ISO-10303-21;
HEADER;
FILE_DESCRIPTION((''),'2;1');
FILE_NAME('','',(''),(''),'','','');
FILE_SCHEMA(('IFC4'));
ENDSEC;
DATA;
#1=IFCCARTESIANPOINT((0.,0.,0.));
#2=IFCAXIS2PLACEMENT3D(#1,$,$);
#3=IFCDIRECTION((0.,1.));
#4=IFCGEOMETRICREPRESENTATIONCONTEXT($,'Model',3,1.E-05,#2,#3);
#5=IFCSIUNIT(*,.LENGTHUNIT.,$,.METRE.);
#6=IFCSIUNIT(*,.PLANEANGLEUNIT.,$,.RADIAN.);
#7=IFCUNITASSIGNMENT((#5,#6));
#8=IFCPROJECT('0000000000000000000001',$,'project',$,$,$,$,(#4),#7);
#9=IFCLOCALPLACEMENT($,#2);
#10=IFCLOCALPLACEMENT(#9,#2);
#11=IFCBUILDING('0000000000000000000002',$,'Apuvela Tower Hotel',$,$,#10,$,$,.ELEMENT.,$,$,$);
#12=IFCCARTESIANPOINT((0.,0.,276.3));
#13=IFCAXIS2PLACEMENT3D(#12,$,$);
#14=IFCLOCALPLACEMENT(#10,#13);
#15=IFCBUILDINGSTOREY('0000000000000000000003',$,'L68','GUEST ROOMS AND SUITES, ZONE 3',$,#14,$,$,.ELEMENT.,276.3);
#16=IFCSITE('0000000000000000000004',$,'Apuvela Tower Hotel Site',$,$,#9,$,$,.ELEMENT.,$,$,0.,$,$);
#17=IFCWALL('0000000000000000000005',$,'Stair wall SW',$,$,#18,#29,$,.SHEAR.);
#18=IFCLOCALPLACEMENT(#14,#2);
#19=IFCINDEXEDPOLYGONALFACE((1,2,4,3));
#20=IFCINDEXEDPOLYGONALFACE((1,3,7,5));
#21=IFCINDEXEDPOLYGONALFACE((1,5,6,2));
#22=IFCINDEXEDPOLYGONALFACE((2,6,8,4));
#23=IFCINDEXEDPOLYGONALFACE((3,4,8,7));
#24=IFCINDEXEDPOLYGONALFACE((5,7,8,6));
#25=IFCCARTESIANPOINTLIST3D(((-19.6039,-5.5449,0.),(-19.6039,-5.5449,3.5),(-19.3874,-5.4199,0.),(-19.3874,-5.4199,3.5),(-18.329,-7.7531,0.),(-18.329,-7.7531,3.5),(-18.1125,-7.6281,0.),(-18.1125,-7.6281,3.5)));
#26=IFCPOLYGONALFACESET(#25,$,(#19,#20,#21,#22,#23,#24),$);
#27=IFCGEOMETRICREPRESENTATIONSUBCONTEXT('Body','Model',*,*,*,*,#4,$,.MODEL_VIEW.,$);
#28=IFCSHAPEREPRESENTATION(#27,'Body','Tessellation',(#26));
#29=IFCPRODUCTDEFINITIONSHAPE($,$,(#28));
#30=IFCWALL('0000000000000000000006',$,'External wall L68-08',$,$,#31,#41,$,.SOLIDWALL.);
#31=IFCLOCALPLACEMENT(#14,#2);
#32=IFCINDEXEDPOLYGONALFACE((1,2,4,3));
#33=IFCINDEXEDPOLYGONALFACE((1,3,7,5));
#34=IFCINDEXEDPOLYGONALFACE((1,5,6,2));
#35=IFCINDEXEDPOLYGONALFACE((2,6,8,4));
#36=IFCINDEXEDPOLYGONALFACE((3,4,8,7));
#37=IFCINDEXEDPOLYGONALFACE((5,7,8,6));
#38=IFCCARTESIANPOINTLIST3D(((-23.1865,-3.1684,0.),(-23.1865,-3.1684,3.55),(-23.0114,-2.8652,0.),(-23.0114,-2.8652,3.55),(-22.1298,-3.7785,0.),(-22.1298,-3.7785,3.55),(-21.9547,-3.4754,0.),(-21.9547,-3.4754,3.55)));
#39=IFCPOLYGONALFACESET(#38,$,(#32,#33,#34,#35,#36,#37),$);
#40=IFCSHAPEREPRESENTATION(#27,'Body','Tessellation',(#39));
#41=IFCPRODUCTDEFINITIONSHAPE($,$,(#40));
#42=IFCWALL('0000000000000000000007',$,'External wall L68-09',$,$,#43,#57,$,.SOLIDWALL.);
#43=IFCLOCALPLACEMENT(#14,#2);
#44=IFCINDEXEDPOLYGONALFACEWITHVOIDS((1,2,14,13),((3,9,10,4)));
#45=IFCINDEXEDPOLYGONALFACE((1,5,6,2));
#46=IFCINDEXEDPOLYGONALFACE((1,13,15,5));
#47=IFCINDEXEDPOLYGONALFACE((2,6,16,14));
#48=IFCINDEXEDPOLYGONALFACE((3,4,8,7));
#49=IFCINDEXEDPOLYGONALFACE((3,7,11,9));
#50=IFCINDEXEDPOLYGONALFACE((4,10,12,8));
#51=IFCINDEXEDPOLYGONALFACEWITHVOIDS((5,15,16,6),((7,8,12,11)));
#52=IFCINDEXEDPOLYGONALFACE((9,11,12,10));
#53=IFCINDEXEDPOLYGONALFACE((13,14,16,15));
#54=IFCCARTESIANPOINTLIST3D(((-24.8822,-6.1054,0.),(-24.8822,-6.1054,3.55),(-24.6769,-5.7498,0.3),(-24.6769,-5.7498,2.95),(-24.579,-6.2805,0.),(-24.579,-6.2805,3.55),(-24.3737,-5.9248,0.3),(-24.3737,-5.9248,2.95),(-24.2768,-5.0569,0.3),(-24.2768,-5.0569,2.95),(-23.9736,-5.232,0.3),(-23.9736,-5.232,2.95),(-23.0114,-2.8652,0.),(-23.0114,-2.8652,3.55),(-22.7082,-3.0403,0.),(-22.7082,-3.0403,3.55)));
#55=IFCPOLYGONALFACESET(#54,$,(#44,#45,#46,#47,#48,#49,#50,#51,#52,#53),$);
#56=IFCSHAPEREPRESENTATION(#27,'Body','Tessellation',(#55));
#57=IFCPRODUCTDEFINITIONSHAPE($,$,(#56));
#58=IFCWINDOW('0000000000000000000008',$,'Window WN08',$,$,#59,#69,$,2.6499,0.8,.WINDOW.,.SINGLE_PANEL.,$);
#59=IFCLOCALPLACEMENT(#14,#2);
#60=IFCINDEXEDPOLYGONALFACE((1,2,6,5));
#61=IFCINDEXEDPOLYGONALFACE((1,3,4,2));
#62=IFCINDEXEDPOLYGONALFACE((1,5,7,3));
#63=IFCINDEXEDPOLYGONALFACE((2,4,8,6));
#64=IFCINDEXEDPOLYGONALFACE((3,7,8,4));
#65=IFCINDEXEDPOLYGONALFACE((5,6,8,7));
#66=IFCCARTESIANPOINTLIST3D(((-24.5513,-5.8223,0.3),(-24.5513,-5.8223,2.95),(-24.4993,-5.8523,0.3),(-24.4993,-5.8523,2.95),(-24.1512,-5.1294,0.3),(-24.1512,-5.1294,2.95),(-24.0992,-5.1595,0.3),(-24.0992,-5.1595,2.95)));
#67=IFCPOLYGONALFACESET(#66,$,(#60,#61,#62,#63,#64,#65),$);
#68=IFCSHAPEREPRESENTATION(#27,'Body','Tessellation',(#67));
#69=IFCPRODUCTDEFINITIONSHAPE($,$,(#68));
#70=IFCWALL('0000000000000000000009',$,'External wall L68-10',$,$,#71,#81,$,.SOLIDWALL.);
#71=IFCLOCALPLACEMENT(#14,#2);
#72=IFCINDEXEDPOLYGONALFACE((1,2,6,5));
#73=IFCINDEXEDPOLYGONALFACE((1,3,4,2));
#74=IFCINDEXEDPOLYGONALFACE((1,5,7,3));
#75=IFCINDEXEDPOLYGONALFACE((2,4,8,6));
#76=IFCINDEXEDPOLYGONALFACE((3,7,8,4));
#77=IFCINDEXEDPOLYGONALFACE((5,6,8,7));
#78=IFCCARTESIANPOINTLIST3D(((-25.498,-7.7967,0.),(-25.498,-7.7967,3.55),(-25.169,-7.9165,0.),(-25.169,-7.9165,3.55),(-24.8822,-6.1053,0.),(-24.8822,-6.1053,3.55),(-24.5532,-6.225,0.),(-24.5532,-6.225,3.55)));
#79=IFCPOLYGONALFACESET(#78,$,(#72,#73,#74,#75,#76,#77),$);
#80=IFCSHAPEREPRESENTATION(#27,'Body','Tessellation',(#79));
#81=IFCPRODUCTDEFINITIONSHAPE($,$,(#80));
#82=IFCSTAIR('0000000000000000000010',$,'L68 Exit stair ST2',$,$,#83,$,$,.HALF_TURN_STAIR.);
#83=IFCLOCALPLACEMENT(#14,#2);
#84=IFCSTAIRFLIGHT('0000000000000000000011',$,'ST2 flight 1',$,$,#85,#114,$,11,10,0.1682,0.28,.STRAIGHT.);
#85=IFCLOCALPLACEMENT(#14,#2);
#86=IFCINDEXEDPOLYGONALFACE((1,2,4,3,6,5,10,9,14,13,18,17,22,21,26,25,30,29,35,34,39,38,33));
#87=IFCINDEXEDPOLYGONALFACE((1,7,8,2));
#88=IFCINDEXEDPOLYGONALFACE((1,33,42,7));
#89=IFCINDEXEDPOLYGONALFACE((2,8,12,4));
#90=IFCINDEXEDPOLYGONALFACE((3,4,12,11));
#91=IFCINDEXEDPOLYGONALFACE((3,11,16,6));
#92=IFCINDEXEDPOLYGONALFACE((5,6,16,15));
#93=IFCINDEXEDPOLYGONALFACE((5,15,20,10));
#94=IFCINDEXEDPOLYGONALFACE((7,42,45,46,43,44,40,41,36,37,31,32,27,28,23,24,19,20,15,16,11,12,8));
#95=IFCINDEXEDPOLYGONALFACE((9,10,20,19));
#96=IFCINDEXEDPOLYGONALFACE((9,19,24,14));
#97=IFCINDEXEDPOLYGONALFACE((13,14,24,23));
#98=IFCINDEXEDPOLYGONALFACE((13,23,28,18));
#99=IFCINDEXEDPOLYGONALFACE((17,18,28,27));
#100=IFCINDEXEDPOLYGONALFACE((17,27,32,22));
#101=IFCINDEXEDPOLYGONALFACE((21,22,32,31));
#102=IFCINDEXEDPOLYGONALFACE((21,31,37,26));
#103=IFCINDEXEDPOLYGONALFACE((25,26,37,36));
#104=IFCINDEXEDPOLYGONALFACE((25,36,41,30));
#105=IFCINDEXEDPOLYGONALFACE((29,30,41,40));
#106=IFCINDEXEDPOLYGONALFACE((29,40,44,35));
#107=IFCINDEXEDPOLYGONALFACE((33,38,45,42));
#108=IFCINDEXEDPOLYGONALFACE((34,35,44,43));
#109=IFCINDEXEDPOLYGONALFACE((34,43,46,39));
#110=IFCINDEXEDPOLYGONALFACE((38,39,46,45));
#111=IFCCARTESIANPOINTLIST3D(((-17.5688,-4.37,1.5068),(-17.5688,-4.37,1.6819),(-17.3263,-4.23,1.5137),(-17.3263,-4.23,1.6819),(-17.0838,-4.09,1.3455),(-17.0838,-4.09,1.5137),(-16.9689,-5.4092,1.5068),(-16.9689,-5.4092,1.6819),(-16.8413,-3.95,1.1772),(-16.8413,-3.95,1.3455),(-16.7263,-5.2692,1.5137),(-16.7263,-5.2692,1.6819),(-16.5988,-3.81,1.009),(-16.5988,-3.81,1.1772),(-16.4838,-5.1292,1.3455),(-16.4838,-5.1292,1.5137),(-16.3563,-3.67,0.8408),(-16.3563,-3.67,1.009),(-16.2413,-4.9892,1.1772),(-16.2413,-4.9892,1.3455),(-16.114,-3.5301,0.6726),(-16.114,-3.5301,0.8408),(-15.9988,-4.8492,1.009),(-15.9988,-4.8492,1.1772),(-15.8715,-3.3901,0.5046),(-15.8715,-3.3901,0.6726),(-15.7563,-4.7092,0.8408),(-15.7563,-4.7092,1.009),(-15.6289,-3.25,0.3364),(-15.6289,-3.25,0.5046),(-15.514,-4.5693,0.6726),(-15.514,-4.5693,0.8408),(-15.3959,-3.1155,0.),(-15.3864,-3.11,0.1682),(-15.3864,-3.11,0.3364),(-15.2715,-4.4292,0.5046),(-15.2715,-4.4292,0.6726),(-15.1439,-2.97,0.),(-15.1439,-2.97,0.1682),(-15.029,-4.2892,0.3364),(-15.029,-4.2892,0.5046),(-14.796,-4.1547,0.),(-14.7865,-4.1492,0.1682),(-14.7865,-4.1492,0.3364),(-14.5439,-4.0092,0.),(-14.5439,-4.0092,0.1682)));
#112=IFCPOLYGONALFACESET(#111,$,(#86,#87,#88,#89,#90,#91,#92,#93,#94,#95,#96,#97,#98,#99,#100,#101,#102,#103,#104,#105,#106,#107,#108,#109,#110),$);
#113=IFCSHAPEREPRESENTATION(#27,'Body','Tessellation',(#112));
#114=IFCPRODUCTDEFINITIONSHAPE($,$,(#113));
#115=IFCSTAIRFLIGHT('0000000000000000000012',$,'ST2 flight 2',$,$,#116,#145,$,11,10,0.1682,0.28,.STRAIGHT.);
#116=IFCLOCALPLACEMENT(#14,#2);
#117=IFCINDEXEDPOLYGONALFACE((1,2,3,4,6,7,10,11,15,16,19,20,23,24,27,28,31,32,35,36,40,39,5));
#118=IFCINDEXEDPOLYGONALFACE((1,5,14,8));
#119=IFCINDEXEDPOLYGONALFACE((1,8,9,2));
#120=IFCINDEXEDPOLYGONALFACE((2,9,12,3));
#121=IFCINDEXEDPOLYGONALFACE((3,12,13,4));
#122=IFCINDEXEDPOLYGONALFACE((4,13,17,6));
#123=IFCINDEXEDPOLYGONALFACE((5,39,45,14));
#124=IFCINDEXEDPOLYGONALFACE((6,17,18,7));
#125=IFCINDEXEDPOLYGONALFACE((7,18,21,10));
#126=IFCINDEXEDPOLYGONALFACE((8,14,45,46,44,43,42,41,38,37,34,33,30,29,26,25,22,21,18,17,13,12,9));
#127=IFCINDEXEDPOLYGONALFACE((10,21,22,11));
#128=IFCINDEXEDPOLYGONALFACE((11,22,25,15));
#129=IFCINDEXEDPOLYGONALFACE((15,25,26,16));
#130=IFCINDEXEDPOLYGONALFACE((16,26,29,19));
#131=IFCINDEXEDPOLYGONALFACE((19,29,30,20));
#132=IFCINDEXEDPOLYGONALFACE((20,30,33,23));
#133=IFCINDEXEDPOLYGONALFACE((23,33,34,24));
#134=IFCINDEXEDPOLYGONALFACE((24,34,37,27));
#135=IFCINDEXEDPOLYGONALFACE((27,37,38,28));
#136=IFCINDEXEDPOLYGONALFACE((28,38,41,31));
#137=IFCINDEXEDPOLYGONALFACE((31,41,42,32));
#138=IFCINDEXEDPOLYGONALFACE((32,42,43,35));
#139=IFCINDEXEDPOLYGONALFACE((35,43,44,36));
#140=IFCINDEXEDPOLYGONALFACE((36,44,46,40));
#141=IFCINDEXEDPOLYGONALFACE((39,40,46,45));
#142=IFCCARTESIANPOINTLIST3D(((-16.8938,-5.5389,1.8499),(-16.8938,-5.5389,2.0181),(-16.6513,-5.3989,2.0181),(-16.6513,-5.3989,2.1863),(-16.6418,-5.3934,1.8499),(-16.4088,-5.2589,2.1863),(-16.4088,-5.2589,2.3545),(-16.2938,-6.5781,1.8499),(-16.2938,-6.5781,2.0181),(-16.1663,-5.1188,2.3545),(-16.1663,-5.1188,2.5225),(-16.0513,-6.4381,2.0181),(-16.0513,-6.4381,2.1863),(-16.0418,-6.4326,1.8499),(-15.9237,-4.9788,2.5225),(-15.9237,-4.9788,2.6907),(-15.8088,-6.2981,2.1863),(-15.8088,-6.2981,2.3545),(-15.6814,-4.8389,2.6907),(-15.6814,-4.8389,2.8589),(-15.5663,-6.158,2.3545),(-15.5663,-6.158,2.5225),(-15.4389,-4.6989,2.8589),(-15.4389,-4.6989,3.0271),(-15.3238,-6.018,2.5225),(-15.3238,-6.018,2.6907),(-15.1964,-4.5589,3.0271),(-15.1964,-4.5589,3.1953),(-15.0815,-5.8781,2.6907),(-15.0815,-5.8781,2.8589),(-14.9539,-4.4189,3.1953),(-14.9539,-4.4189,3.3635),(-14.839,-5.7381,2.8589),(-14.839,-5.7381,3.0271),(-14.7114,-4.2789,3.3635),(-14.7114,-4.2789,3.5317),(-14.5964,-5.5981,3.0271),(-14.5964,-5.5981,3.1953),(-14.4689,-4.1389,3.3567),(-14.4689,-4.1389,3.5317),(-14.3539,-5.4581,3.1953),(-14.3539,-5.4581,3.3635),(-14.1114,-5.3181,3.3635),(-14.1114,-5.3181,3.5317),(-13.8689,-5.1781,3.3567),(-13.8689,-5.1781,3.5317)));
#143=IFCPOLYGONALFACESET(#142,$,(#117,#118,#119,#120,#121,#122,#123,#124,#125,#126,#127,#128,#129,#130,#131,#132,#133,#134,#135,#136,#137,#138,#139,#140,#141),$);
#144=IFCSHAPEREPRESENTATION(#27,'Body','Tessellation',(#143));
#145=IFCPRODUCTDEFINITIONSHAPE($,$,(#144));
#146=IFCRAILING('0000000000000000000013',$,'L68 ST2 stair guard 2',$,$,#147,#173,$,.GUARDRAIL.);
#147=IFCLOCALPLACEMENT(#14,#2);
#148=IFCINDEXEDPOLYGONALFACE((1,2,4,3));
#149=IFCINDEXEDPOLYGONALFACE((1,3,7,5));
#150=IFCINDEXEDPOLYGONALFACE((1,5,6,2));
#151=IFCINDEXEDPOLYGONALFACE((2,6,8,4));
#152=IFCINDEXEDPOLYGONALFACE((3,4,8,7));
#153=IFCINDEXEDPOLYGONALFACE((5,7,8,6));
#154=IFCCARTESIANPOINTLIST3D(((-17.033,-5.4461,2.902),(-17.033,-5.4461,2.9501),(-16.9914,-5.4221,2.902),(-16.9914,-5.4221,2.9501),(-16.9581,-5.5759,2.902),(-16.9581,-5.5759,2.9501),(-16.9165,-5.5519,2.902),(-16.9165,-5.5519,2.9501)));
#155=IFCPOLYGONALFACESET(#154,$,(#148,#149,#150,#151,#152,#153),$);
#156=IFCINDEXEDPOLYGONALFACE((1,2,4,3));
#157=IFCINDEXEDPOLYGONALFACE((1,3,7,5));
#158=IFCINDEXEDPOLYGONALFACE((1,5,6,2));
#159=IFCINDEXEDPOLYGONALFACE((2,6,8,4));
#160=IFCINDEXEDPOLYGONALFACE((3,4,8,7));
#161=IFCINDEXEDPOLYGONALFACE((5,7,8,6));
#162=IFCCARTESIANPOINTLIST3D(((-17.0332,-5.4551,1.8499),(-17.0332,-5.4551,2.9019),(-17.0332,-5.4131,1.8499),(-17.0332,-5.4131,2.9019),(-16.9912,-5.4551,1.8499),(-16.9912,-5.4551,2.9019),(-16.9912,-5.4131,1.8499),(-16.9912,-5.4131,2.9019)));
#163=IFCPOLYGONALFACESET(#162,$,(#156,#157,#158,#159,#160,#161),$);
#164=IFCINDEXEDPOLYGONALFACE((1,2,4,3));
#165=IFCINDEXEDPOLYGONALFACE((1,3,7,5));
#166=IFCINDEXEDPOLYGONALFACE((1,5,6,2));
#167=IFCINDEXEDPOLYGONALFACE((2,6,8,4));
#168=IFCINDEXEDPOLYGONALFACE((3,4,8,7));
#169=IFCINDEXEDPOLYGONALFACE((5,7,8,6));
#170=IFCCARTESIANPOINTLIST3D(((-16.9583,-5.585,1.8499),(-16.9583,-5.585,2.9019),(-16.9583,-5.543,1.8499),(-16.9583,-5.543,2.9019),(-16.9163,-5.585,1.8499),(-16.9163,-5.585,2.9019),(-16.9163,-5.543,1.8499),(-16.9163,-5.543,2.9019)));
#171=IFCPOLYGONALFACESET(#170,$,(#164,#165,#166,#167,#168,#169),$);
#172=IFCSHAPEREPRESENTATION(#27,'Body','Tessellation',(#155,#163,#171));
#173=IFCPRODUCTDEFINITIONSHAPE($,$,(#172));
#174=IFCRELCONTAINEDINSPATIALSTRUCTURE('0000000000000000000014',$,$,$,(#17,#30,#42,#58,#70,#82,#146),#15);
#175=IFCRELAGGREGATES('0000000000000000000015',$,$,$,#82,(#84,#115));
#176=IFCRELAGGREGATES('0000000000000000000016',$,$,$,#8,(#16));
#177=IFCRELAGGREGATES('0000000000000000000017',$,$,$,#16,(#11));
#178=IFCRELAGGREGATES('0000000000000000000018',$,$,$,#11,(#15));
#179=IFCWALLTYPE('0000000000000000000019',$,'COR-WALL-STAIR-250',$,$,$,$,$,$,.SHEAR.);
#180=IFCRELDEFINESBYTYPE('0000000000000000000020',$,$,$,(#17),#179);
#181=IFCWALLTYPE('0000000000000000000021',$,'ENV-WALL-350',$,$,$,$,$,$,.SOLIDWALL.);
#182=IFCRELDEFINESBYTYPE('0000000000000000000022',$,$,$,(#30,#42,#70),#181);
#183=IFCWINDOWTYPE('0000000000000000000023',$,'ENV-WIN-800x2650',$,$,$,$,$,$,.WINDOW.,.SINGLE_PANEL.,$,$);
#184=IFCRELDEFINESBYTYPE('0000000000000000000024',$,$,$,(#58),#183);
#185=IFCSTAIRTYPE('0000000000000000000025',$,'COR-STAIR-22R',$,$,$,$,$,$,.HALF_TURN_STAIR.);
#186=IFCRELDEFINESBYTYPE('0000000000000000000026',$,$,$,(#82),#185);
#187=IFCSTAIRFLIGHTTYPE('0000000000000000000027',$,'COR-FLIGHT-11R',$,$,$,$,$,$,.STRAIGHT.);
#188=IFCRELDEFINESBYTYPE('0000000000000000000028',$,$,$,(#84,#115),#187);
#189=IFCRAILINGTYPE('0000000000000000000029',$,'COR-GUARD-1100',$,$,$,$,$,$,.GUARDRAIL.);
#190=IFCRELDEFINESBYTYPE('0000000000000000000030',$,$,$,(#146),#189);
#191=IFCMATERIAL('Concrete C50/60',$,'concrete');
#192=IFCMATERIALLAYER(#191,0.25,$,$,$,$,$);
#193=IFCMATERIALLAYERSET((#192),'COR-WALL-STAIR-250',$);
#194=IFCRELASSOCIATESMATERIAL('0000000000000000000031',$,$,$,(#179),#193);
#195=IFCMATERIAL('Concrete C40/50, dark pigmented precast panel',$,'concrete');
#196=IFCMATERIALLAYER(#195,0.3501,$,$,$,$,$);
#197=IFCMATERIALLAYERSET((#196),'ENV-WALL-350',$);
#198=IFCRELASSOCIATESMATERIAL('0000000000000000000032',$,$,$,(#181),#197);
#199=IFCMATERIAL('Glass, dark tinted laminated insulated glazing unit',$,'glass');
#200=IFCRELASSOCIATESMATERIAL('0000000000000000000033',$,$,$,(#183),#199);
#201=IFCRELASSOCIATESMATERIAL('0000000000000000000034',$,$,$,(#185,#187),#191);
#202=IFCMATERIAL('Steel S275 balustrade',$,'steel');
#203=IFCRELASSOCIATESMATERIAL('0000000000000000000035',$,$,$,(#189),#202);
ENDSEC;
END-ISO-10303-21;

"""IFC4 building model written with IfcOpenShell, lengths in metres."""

from ifc_helpers import new_model, si_unit, direction, frame, frame_2d, origin, origin_2d, place, context, subcontext, project, spatial, polyline, rectangle, outline, extrude, material, layer, layer_set, type_object, element, fill, aggregate, save


model = new_model("IFC4")

# Units and contexts
model_context = context("Model", 3, precision=1e-05, world=origin(), true_north=direction((0.0, 1.0)))
body_context = subcontext(model_context, "Body", "Model", "MODEL_VIEW")
ifc_project = project(units=[si_unit("LENGTHUNIT", "METRE"), si_unit("PLANEANGLEUNIT", "RADIAN")], contexts=[model_context])

# Site, building, storey
site_placement = place(None, origin())
site = spatial("IfcSite", under=ifc_project, at=site_placement, Name="Apuvela Tower Hotel Site", CompositionType="ELEMENT", RefElevation=0.0)
building_placement = place(site_placement, origin())
building = spatial("IfcBuilding", under=site, at=building_placement, Name="Apuvela Tower Hotel", CompositionType="ELEMENT")
storey_placement = place(building_placement, frame((0.0, 0.0, 276.3)))
storey = spatial("IfcBuildingStorey", under=building, at=storey_placement, Name="L68", Description="GUEST ROOMS AND SUITES, ZONE 3", CompositionType="ELEMENT", Elevation=276.3)

# Walls
ifc_material_1 = material(Name="Concrete C50/60", Category="concrete")
ifc_layer_1 = layer(ifc_material_1, 0.25)
ifc_layer_set_1 = layer_set([ifc_layer_1], Name="COR-WALL-STAIR-250")
wall_type_1 = type_object("IfcWallType", Name="COR-WALL-STAIR-250", PredefinedType="SHEAR", material=ifc_layer_set_1)
wall_1_placement = place(storey_placement, frame((-19.4956, -5.4824, 0.0), z_axis=(0.0, 0.0, 1.0), x_axis=(0.49999, -0.866031, 0.0)))
element("IfcWall", 1, at=wall_1_placement, inside=storey, type_object=wall_type_1, Name="Stair wall SW", PredefinedType="SHEAR", context=body_context, shape_type="SweptSolid", body=[
    extrude(rectangle(XDim=2.5498, YDim=0.25, at=frame_2d((1.2749, 0.0))), origin(), (0.0, 0.0, 1.0), 3.5),
])
ifc_material_2 = material(Name="Concrete C40/50, dark pigmented precast panel", Category="concrete")
ifc_layer_2 = layer(ifc_material_2, 0.3501)
ifc_layer_set_2 = layer_set([ifc_layer_2], Name="ENV-WALL-350")
wall_type_2 = type_object("IfcWallType", Name="ENV-WALL-350", PredefinedType="SOLIDWALL", material=ifc_layer_set_2)
wall_2_placement = place(storey_placement, frame((-22.0422, -3.627, 0.0), z_axis=(0.0, 0.0, 1.0), x_axis=(-0.866006, 0.500034, 0.0)))
element("IfcWall", 2, at=wall_2_placement, inside=storey, type_object=wall_type_2, Name="External wall L68-08", PredefinedType="SOLIDWALL", context=body_context, shape_type="SweptSolid", body=[
    extrude(rectangle(XDim=1.2202, YDim=0.3501, at=frame_2d((0.6101, 0.0))), origin(), (0.0, 0.0, 1.0), 3.55),
])

# Wall, opening, window
wall_3_placement = place(storey_placement, frame((-22.8599, -2.9529, 0.0), z_axis=(0.0, 0.0, 1.0), x_axis=(-0.50002, -0.866014, 0.0)))
wall_3 = element("IfcWall", 3, at=wall_3_placement, inside=storey, type_object=wall_type_2, Name="External wall L68-09", PredefinedType="SOLIDWALL", context=body_context, shape_type="SweptSolid", body=[
    extrude(rectangle(XDim=3.7415, YDim=0.3501, at=frame_2d((1.8706, 0.0))), origin(), (0.0, 0.0, 1.0), 3.55),
])
opening_1_placement = place(wall_3_placement, frame((2.5308, 0.0, 0.3)))
opening_1 = element("IfcOpeningElement", 4, at=opening_1_placement, cuts=wall_3, PredefinedType="OPENING", context=body_context, shape_type="SweptSolid", body=[
    extrude(rectangle(XDim=0.8, YDim=2.6499, at=frame_2d((0.3999, 1.325))), frame((0.0, 0.1851, 0.0), z_axis=(0.0, -1.0, 0.0), x_axis=(1.0, 0.0, 0.0)), (0.0, 0.0, 1.0), 0.3701),
])
ifc_material_3 = material(Name="Glass, dark tinted laminated insulated glazing unit", Category="glass")
window_type = type_object("IfcWindowType", Name="ENV-WIN-800x2650", PartitioningType="SINGLE_PANEL", PredefinedType="WINDOW", material=ifc_material_3)
window_placement = place(opening_1_placement, origin())
window = element("IfcWindow", 5, at=window_placement, inside=storey, type_object=window_type, Name="Window WN08", OverallHeight=2.6499, OverallWidth=0.8, PartitioningType="SINGLE_PANEL", PredefinedType="WINDOW", context=body_context, shape_type="SweptSolid", body=[
    extrude(rectangle(XDim=0.8, YDim=2.6499, at=frame_2d((0.3999, 1.325))), frame((0.0, 0.03, 0.0), z_axis=(0.0, -1.0, 0.0), x_axis=(1.0, 0.0, 0.0)), (0.0, 0.0, 1.0), 0.0601),
])
fill(opening_1, window)

# Wall
wall_4_placement = place(storey_placement, frame((-24.7178, -6.1653, 0.0), z_axis=(0.0, 0.0, 1.0), x_axis=(-0.34207, -0.939675, 0.0)))
element("IfcWall", 6, at=wall_4_placement, inside=storey, type_object=wall_type_2, Name="External wall L68-10", PredefinedType="SOLIDWALL", context=body_context, shape_type="SweptSolid", body=[
    extrude(rectangle(XDim=1.8, YDim=0.3501, at=frame_2d((0.8999, 0.0))), origin(), (0.0, 0.0, 1.0), 3.55),
])

# Stair, stair flights
stair_type = type_object("IfcStairType", Name="COR-STAIR-22R", PredefinedType="HALF_TURN_STAIR", material=ifc_material_1)
stair_placement = place(storey_placement, origin())
stair = element("IfcStair", 7, at=stair_placement, inside=storey, type_object=stair_type, Name="L68 Exit stair ST2", PredefinedType="HALF_TURN_STAIR")
stair_flight_type = type_object("IfcStairFlightType", Name="COR-FLIGHT-11R", PredefinedType="STRAIGHT", material=ifc_material_1)
stair_flight_1_placement = place(storey_placement, frame((-14.844, -3.4895, 0.0), z_axis=(0.0, 0.0, 1.0), x_axis=(-0.866025, -0.5, 0.0)))
stair_flight_1 = element("IfcStairFlight", 8, at=stair_flight_1_placement, type_object=stair_flight_type, Name="ST2 flight 1", NumberOfRisers=11, NumberOfTreads=10, PredefinedType="STRAIGHT", RiserHeight=0.1682, TreadLength=0.28, context=body_context, shape_type="SweptSolid", body=[
    extrude(outline(polyline([(0.0, 0.0), (0.0, 0.1682), (0.28, 0.1682), (0.28, 0.3364), (0.5601, 0.3364), (0.5601, 0.5046), (0.8401, 0.5046), (0.8401, 0.6726), (1.1201, 0.6726), (1.1201, 0.8408), (1.3999, 0.8408), (1.3999, 1.009), (1.6799, 1.009), (1.6799, 1.1772), (1.96, 1.1772), (1.96, 1.3455), (2.24, 1.3455), (2.24, 1.5137), (2.52, 1.5137), (2.52, 1.6819), (2.8, 1.6819), (2.8, 1.8501), (2.8, 1.5068), (0.291, 0.0), (0.0, 0.0)])), frame((0.0, 0.6001, 0.0), z_axis=(0.0, -1.0, 0.0), x_axis=(1.0, 0.0, 0.0)), (0.0, 0.0, 1.0), 1.2),
])
stair_flight_2_placement = place(storey_placement, frame((-16.5938, -6.0586, 1.8499), z_axis=(0.0, 0.0, 1.0), x_axis=(0.866025, 0.5, 0.0)))
stair_flight_2 = element("IfcStairFlight", 9, at=stair_flight_2_placement, type_object=stair_flight_type, Name="ST2 flight 2", NumberOfRisers=11, NumberOfTreads=10, PredefinedType="STRAIGHT", RiserHeight=0.1682, TreadLength=0.28, context=body_context, shape_type="SweptSolid", body=[
    extrude(outline(polyline([(0.0, 0.0), (0.0, 0.1682), (0.28, 0.1682), (0.28, 0.3364), (0.5601, 0.3364), (0.5601, 0.5046), (0.8401, 0.5046), (0.8401, 0.6726), (1.1201, 0.6726), (1.1201, 0.8408), (1.3999, 0.8408), (1.3999, 1.009), (1.6799, 1.009), (1.6799, 1.1772), (1.96, 1.1772), (1.96, 1.3455), (2.24, 1.3455), (2.24, 1.5137), (2.52, 1.5137), (2.52, 1.6819), (2.8, 1.6819), (2.8, 1.8501), (2.8, 1.5068), (0.291, 0.0), (0.0, 0.0)])), frame((0.0, 0.6001, 0.0), z_axis=(0.0, -1.0, 0.0), x_axis=(1.0, 0.0, 0.0)), (0.0, 0.0, 1.0), 1.2),
])
aggregate(stair, [stair_flight_1, stair_flight_2])

# Railing
ifc_material_4 = material(Name="Steel S275 balustrade", Category="steel")
railing_type_1 = type_object("IfcRailingType", Name="COR-GUARD-1100", PredefinedType="GUARDRAIL", material=ifc_material_4)
railing_1_placement = place(storey_placement, frame((-17.0122, -5.4341, 1.8499)))
element("IfcRailing", 10, at=railing_1_placement, inside=storey, type_object=railing_type_1, Name="L68 ST2 stair guard 2", PredefinedType="GUARDRAIL", context=body_context, shape_type="SweptSolid", body=[
    extrude(rectangle(XDim=0.0481, YDim=0.0481, at=origin_2d()), frame((0.0, 0.0, 1.0762), z_axis=(0.499816, -0.866131, 0.0), x_axis=(0.866131, 0.499816, 0.0)), (0.0, 0.0, 1.0), 0.1499),
    extrude(rectangle(XDim=0.042, YDim=0.042, at=origin_2d()), origin(), (0.0, 0.0, 1.0), 1.052),
    extrude(rectangle(XDim=0.042, YDim=0.042, at=origin_2d()), frame((0.075, -0.1299, 0.0)), (0.0, 0.0, 1.0), 1.052),
])

save(model, "model.ifc")
